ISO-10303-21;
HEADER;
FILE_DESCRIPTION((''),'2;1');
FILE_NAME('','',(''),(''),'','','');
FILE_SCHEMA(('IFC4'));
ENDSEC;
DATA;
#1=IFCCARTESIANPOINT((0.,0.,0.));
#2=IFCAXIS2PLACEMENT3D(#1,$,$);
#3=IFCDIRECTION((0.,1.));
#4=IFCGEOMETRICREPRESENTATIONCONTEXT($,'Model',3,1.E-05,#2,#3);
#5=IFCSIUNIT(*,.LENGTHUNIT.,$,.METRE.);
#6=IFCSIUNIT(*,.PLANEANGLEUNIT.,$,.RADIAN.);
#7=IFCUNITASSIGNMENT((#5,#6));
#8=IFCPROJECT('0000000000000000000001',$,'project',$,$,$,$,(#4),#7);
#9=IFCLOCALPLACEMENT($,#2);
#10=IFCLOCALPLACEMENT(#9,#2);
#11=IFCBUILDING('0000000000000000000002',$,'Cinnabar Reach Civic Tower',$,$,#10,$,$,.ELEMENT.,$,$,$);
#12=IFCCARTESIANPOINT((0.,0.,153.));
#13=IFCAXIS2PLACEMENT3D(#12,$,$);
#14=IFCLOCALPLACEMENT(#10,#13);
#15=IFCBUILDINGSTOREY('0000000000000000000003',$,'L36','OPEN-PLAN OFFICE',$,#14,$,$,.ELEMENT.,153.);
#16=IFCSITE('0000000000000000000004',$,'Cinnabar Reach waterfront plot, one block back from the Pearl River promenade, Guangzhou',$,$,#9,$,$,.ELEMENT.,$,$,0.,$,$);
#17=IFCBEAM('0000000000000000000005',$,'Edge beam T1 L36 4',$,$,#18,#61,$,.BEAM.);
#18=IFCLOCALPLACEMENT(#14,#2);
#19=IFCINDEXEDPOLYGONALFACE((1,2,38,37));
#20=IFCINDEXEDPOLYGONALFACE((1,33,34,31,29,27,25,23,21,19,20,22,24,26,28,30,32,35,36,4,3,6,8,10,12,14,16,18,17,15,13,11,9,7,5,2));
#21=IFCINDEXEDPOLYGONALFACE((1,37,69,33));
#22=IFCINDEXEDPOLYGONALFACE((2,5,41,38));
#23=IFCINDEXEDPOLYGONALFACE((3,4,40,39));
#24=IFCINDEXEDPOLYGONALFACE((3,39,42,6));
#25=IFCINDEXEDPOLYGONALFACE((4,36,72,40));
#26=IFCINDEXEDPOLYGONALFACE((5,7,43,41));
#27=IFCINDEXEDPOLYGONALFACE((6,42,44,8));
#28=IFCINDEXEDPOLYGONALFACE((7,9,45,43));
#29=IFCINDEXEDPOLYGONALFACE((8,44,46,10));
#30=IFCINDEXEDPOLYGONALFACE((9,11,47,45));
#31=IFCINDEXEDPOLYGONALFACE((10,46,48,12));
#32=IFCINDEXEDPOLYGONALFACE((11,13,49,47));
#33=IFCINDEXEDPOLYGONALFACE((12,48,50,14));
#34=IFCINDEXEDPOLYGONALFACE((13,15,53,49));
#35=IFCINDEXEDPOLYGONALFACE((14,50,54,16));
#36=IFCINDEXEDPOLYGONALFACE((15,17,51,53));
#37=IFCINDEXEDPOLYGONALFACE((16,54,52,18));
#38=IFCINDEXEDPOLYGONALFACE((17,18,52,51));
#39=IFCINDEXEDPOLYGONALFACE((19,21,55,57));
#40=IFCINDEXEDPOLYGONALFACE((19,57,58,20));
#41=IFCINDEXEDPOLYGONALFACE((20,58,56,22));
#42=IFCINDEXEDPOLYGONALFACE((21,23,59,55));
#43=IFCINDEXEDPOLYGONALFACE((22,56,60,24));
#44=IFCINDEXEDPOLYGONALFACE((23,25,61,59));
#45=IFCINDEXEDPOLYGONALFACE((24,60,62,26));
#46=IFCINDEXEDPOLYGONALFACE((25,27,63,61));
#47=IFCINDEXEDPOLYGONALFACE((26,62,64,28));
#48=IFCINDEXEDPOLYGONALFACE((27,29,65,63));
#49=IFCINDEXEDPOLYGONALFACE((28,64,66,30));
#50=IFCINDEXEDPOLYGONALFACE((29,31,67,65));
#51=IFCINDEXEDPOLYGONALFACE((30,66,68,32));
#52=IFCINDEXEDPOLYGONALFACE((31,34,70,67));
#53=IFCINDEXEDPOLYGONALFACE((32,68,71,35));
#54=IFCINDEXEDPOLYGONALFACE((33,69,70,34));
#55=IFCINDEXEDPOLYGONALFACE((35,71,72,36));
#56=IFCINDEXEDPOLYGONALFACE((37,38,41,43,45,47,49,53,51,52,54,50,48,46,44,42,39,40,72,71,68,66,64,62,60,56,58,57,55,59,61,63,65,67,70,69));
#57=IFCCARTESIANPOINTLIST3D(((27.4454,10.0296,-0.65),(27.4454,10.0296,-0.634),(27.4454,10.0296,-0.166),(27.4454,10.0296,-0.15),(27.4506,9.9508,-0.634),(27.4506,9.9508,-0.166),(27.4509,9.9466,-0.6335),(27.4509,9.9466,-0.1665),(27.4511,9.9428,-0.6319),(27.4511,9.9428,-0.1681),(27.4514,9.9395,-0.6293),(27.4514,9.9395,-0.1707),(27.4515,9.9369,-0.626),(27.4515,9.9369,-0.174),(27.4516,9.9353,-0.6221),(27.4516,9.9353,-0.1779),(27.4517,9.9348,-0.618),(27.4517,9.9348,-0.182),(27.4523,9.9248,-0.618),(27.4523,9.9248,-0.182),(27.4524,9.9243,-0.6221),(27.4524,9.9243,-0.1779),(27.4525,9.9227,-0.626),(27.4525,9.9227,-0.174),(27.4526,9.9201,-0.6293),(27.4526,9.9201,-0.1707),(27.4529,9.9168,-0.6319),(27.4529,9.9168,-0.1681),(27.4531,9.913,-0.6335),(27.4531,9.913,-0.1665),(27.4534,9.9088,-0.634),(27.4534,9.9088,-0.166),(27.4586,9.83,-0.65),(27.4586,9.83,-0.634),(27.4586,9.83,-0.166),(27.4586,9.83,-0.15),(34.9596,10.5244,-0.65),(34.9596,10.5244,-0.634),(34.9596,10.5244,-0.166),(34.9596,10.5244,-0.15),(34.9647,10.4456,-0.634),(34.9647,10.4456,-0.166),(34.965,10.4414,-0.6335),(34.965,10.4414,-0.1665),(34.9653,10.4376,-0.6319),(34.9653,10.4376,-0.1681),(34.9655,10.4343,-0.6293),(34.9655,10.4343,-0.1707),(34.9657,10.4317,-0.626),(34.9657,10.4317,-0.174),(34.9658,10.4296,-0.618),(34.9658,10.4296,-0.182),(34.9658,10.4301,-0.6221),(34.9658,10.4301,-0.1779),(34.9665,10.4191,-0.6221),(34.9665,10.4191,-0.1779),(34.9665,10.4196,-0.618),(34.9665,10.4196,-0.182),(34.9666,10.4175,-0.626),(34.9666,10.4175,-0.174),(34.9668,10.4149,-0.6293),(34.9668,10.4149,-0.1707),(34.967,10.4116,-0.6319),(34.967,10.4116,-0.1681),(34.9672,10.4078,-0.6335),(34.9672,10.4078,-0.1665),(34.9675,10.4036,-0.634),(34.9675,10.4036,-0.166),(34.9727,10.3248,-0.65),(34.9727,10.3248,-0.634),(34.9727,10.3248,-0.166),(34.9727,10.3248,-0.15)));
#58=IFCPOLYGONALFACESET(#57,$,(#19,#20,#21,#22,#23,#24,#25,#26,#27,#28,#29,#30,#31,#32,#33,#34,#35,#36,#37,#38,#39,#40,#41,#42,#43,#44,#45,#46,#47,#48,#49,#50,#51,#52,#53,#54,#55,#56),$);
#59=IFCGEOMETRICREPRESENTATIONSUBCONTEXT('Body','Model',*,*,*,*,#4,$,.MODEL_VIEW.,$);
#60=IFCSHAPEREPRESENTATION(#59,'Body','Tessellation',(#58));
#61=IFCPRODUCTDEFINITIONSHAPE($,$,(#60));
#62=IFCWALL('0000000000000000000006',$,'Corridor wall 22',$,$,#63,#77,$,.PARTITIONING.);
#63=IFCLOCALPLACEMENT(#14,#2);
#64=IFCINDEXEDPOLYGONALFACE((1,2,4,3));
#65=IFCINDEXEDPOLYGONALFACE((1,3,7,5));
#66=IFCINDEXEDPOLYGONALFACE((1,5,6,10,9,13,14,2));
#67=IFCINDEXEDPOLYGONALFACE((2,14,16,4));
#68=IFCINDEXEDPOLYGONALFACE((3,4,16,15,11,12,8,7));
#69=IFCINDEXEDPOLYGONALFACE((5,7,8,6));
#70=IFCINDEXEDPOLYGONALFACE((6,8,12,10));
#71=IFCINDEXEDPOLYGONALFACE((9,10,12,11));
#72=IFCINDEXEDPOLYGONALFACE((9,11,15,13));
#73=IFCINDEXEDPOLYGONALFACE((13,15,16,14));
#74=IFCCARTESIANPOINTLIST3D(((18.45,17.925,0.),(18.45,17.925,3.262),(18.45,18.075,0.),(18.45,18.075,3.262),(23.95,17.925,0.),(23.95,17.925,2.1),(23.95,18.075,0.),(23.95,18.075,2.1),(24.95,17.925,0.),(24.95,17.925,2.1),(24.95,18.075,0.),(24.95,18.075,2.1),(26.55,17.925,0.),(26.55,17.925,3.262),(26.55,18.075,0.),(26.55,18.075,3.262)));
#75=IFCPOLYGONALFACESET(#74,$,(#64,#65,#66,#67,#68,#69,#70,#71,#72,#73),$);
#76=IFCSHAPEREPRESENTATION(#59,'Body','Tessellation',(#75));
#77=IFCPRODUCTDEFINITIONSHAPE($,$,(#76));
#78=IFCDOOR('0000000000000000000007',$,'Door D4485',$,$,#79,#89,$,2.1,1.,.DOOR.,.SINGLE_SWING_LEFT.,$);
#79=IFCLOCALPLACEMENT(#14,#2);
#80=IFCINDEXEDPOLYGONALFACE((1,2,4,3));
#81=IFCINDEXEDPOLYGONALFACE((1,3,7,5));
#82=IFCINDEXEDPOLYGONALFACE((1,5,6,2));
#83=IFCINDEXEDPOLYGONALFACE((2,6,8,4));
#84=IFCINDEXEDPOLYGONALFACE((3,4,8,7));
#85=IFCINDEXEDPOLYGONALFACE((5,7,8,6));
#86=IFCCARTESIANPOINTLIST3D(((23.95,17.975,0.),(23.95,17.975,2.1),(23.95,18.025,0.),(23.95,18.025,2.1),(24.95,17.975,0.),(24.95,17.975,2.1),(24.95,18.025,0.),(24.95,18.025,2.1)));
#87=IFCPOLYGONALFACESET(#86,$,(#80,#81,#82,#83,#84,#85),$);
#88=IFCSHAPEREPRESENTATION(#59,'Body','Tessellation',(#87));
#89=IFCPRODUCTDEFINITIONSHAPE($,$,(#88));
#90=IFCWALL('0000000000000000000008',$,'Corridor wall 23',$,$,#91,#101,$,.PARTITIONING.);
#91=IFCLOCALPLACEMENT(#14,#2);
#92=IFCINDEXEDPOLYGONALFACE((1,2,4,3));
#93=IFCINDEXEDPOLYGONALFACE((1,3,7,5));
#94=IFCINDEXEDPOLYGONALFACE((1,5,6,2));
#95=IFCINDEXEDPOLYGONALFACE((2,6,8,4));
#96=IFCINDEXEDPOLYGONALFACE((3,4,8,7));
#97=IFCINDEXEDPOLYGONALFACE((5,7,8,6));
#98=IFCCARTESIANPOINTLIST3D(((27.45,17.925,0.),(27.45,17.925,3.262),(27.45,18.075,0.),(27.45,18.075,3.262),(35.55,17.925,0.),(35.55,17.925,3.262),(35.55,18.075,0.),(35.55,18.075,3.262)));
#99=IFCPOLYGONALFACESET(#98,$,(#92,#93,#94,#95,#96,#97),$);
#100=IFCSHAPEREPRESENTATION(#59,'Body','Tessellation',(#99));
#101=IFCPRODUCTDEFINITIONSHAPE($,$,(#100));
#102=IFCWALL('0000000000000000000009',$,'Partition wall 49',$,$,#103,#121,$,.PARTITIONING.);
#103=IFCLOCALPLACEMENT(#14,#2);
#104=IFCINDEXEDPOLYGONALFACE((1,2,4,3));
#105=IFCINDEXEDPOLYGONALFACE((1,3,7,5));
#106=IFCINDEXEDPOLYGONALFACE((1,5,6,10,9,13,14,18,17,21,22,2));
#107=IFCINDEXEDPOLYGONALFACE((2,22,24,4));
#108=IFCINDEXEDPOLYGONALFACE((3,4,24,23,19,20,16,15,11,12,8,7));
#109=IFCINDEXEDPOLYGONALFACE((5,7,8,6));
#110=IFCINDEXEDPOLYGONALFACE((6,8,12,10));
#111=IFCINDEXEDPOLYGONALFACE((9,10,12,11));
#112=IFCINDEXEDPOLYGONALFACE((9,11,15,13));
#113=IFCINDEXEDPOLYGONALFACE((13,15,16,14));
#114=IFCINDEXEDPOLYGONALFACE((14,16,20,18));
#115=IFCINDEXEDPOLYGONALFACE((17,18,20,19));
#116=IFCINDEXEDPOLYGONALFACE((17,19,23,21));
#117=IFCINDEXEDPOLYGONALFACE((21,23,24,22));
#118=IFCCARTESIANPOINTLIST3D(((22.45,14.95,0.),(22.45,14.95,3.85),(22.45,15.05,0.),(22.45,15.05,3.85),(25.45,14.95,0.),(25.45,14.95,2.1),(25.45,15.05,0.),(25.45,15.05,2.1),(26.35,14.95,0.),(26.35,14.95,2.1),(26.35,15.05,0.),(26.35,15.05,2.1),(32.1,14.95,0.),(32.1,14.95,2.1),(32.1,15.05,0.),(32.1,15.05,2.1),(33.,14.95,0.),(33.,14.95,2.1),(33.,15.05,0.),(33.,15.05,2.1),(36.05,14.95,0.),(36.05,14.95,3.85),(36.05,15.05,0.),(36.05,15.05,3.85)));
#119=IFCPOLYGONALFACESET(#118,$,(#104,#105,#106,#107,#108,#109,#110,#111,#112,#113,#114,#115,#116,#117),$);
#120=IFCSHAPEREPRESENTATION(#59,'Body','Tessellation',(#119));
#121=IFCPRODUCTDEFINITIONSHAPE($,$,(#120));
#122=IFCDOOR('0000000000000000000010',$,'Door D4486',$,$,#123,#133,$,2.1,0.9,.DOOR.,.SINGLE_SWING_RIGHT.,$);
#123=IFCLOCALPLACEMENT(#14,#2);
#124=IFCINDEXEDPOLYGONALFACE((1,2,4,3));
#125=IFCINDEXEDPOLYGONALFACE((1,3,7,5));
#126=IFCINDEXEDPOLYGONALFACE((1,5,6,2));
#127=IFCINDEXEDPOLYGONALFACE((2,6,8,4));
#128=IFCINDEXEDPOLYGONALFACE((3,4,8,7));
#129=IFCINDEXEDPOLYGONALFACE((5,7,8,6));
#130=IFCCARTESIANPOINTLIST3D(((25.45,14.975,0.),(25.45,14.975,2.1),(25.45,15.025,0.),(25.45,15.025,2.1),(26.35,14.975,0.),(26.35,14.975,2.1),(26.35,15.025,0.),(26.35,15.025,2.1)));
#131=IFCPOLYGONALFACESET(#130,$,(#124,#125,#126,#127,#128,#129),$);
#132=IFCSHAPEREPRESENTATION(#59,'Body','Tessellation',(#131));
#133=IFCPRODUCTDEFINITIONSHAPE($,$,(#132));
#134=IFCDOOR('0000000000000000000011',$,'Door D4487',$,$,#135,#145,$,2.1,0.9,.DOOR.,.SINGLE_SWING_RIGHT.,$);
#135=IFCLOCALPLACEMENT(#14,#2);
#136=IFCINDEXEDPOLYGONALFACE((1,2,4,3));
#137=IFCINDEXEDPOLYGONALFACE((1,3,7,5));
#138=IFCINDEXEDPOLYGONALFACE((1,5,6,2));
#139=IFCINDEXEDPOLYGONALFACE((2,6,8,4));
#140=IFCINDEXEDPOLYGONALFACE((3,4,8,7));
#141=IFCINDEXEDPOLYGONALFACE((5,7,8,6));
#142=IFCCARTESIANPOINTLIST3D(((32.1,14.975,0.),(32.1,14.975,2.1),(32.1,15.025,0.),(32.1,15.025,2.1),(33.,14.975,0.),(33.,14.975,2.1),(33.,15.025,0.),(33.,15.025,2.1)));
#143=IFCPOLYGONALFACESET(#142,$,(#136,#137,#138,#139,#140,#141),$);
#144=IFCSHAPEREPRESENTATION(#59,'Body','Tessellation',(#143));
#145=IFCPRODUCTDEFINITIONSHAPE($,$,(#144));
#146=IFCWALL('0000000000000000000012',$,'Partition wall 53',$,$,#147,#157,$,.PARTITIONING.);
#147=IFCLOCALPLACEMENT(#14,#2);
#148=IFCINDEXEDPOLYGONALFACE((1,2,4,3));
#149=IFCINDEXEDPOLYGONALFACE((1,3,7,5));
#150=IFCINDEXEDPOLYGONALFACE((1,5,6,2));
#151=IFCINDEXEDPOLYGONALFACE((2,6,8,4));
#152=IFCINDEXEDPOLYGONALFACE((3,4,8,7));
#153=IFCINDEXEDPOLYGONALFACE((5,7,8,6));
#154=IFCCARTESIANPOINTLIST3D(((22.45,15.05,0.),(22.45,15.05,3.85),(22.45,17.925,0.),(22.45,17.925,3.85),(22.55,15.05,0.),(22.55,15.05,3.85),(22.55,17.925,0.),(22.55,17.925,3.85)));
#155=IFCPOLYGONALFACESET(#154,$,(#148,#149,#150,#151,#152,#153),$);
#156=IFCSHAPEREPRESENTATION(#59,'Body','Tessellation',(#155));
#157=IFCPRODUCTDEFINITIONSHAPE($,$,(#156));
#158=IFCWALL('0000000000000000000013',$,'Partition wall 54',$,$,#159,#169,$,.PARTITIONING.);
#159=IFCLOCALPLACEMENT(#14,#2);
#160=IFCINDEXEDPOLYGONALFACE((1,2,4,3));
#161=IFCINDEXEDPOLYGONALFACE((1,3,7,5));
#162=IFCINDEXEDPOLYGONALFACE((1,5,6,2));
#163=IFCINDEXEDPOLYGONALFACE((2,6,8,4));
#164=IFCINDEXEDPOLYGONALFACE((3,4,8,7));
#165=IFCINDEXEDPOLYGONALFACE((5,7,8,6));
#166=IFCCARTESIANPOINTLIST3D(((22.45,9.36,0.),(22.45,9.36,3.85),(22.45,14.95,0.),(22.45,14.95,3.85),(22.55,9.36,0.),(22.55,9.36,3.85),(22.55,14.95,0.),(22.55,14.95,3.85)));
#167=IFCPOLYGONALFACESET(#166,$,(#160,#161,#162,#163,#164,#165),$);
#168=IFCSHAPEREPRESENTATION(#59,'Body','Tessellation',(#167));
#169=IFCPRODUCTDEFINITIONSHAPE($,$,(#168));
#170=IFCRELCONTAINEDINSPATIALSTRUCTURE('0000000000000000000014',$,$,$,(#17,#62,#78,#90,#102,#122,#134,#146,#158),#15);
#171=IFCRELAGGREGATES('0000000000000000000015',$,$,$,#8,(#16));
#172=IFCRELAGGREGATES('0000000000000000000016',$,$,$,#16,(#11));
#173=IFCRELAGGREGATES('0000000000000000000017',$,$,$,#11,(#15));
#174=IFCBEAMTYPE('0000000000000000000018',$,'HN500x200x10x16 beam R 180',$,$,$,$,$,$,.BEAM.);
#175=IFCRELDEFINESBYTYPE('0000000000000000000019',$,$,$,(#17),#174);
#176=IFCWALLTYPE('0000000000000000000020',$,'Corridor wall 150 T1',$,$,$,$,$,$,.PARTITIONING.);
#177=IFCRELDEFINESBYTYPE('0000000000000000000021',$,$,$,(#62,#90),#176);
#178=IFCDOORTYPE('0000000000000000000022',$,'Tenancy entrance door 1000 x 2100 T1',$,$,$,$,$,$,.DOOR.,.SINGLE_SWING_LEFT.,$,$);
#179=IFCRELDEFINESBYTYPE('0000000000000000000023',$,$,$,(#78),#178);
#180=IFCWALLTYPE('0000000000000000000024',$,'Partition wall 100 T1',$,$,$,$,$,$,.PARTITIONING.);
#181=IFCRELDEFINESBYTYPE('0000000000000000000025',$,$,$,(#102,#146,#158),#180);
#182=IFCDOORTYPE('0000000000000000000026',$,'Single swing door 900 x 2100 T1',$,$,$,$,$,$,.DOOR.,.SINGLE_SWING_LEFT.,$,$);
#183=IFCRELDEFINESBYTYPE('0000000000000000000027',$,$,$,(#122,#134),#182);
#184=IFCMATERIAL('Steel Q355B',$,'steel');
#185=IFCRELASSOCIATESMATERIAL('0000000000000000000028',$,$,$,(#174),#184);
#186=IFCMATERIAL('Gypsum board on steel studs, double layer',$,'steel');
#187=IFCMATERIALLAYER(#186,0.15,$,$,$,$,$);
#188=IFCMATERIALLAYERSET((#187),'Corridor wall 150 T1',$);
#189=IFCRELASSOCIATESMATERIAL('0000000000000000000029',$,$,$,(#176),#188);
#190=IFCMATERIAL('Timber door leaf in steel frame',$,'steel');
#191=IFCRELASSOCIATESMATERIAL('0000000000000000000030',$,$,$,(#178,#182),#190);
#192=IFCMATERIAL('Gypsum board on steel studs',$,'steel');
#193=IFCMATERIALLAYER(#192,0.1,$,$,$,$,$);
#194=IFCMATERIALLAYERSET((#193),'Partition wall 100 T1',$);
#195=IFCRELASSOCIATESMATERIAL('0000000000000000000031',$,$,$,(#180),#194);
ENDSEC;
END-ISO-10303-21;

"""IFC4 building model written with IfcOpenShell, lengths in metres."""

from ifc_helpers import new_model, si_unit, direction, frame, frame_2d, origin, origin_2d, place, context, subcontext, project, spatial, rectangle, i_section, extrude, material, layer, layer_set, material_profile, profile_set, type_object, element, fill, save


model = new_model("IFC4")

# Units and contexts
model_context = context("Model", 3, precision=1e-05, world=origin(), true_north=direction((0.0, 1.0)))
body_context = subcontext(model_context, "Body", "Model", "MODEL_VIEW")
ifc_project = project(units=[si_unit("LENGTHUNIT", "METRE"), si_unit("PLANEANGLEUNIT", "RADIAN")], contexts=[model_context])

# Site, building, storey
site_placement = place(None, origin())
site = spatial("IfcSite", under=ifc_project, at=site_placement, Name="Cinnabar Reach waterfront plot, one block back from the Pearl River promenade, Guangzhou", CompositionType="ELEMENT", RefElevation=0.0)
building_placement = place(site_placement, origin())
building = spatial("IfcBuilding", under=site, at=building_placement, Name="Cinnabar Reach Civic Tower", CompositionType="ELEMENT")
storey_placement = place(building_placement, frame((0.0, 0.0, 153.0)))
storey = spatial("IfcBuildingStorey", under=building, at=storey_placement, Name="L36", Description="OPEN-PLAN OFFICE", CompositionType="ELEMENT", Elevation=153.0)

# Beam
ifc_material_1 = material(Name="Steel Q355B", Category="steel")
ifc_material_profile_1 = material_profile(ifc_material_1, i_section(OverallWidth=0.2, OverallDepth=0.5, WebThickness=0.01, FlangeThickness=0.016, FilletRadius=0.016, at=origin_2d()), Name="HN500x200x10x16")
ifc_profile_set_1 = profile_set([ifc_material_profile_1], Name="Steel Q355B")
beam_type_1 = type_object("IfcBeamType", Name="HN500x200x10x16 beam R 180", PredefinedType="BEAM", material=ifc_profile_set_1)
beam_1_placement = place(storey_placement, frame((27.452, 9.9298, -0.4), z_axis=(0.997839, 0.065707, 0.0), x_axis=(-0.065707, 0.997839, 0.0)))
element("IfcBeam", 1, at=beam_1_placement, inside=storey, type_object=beam_type_1, Name="Edge beam T1 L36 4", PredefinedType="BEAM", context=body_context, shape_type="SweptSolid", body=[
    extrude(i_section(OverallWidth=0.2, OverallDepth=0.5, WebThickness=0.01, FlangeThickness=0.016, FilletRadius=0.016, at=origin_2d()), origin(), (0.0, 0.0, 1.0), 7.5304),
])

# Wall, opening, door
ifc_material_2 = material(Name="Gypsum board on steel studs, double layer", Category="steel")
ifc_layer_1 = layer(ifc_material_2, 0.15)
ifc_layer_set_1 = layer_set([ifc_layer_1], Name="Corridor wall 150 T1")
wall_type_1 = type_object("IfcWallType", Name="Corridor wall 150 T1", PredefinedType="PARTITIONING", material=ifc_layer_set_1)
wall_1_placement = place(storey_placement, frame((18.45, 18.0, 0.0), z_axis=(0.0, 0.0, 1.0), x_axis=(1.0, 0.0, 0.0)))
wall_1 = element("IfcWall", 2, at=wall_1_placement, inside=storey, type_object=wall_type_1, Name="Corridor wall 22", PredefinedType="PARTITIONING", context=body_context, shape_type="SweptSolid", body=[
    extrude(rectangle(XDim=8.1, YDim=0.15, at=frame_2d((4.05, 0.0))), origin(), (0.0, 0.0, 1.0), 3.262),
])
opening_1_placement = place(wall_1_placement, frame((5.5, 0.0, 0.0)))
opening_1 = element("IfcOpeningElement", 3, at=opening_1_placement, cuts=wall_1, PredefinedType="OPENING", context=body_context, shape_type="SweptSolid", body=[
    extrude(rectangle(XDim=1.0, YDim=2.1, at=frame_2d((0.5, 1.05))), frame((0.0, 0.085, 0.0), z_axis=(0.0, -1.0, 0.0), x_axis=(1.0, 0.0, 0.0)), (0.0, 0.0, 1.0), 0.17),
])
ifc_material_3 = material(Name="Timber door leaf in steel frame", Category="steel")
door_type_1 = type_object("IfcDoorType", Name="Tenancy entrance door 1000 x 2100 T1", OperationType="SINGLE_SWING_LEFT", PredefinedType="DOOR", material=ifc_material_3)
door_1_placement = place(opening_1_placement, frame((1.0, 0.0, 0.0), z_axis=(0.0, 0.0, 1.0), x_axis=(-1.0, 0.0, 0.0)))
door_1 = element("IfcDoor", 4, at=door_1_placement, inside=storey, type_object=door_type_1, Name="Door D4485", OperationType="SINGLE_SWING_LEFT", OverallHeight=2.1, OverallWidth=1.0, PredefinedType="DOOR", context=body_context, shape_type="SweptSolid", body=[
    extrude(rectangle(XDim=1.0, YDim=2.1, at=frame_2d((0.5, 1.05))), frame((0.0, 0.025, 0.0), z_axis=(0.0, -1.0, 0.0), x_axis=(1.0, 0.0, 0.0)), (0.0, 0.0, 1.0), 0.05),
])
fill(opening_1, door_1)

# Wall
wall_2_placement = place(storey_placement, frame((27.45, 18.0, 0.0), z_axis=(0.0, 0.0, 1.0), x_axis=(1.0, 0.0, 0.0)))
element("IfcWall", 5, at=wall_2_placement, inside=storey, type_object=wall_type_1, Name="Corridor wall 23", PredefinedType="PARTITIONING", context=body_context, shape_type="SweptSolid", body=[
    extrude(rectangle(XDim=8.1, YDim=0.15, at=frame_2d((4.05, 0.0))), origin(), (0.0, 0.0, 1.0), 3.262),
])

# Wall, openings, doors
ifc_material_4 = material(Name="Gypsum board on steel studs", Category="steel")
ifc_layer_2 = layer(ifc_material_4, 0.1)
ifc_layer_set_2 = layer_set([ifc_layer_2], Name="Partition wall 100 T1")
wall_type_2 = type_object("IfcWallType", Name="Partition wall 100 T1", PredefinedType="PARTITIONING", material=ifc_layer_set_2)
wall_3_placement = place(storey_placement, frame((22.45, 15.0, 0.0), z_axis=(0.0, 0.0, 1.0), x_axis=(1.0, 0.0, 0.0)))
wall_3 = element("IfcWall", 6, at=wall_3_placement, inside=storey, type_object=wall_type_2, Name="Partition wall 49", PredefinedType="PARTITIONING", context=body_context, shape_type="SweptSolid", body=[
    extrude(rectangle(XDim=13.6, YDim=0.1, at=frame_2d((6.8, 0.0))), origin(), (0.0, 0.0, 1.0), 3.85),
])
opening_2_placement = place(wall_3_placement, frame((3.0, 0.0, 0.0)))
opening_2 = element("IfcOpeningElement", 7, at=opening_2_placement, cuts=wall_3, PredefinedType="OPENING", context=body_context, shape_type="SweptSolid", body=[
    extrude(rectangle(XDim=0.9, YDim=2.1, at=frame_2d((0.45, 1.05))), frame((0.0, 0.06, 0.0), z_axis=(0.0, -1.0, 0.0), x_axis=(1.0, 0.0, 0.0)), (0.0, 0.0, 1.0), 0.12),
])
opening_3_placement = place(wall_3_placement, frame((9.65, 0.0, 0.0)))
opening_3 = element("IfcOpeningElement", 8, at=opening_3_placement, cuts=wall_3, PredefinedType="OPENING", context=body_context, shape_type="SweptSolid", body=[
    extrude(rectangle(XDim=0.9, YDim=2.1, at=frame_2d((0.45, 1.05))), frame((0.0, 0.06, 0.0), z_axis=(0.0, -1.0, 0.0), x_axis=(1.0, 0.0, 0.0)), (0.0, 0.0, 1.0), 0.12),
])
door_type_2 = type_object("IfcDoorType", Name="Single swing door 900 x 2100 T1", OperationType="SINGLE_SWING_LEFT", PredefinedType="DOOR", material=ifc_material_3)
door_2_placement = place(opening_2_placement, frame((0.9, 0.0, 0.0), z_axis=(0.0, 0.0, 1.0), x_axis=(-1.0, 0.0, 0.0)))
door_2 = element("IfcDoor", 9, at=door_2_placement, inside=storey, type_object=door_type_2, Name="Door D4486", OperationType="SINGLE_SWING_RIGHT", OverallHeight=2.1, OverallWidth=0.9, PredefinedType="DOOR", context=body_context, shape_type="SweptSolid", body=[
    extrude(rectangle(XDim=0.9, YDim=2.1, at=frame_2d((0.45, 1.05))), frame((0.0, 0.025, 0.0), z_axis=(0.0, -1.0, 0.0), x_axis=(1.0, 0.0, 0.0)), (0.0, 0.0, 1.0), 0.05),
])
fill(opening_2, door_2)
door_3_placement = place(opening_3_placement, frame((0.9, 0.0, 0.0), z_axis=(0.0, 0.0, 1.0), x_axis=(-1.0, 0.0, 0.0)))
door_3 = element("IfcDoor", 10, at=door_3_placement, inside=storey, type_object=door_type_2, Name="Door D4487", OperationType="SINGLE_SWING_RIGHT", OverallHeight=2.1, OverallWidth=0.9, PredefinedType="DOOR", context=body_context, shape_type="SweptSolid", body=[
    extrude(rectangle(XDim=0.9, YDim=2.1, at=frame_2d((0.45, 1.05))), frame((0.0, 0.025, 0.0), z_axis=(0.0, -1.0, 0.0), x_axis=(1.0, 0.0, 0.0)), (0.0, 0.0, 1.0), 0.05),
])
fill(opening_3, door_3)

# Walls
wall_4_placement = place(storey_placement, frame((22.5, 15.05, 0.0), z_axis=(0.0, 0.0, 1.0), x_axis=(0.0, 1.0, 0.0)))
element("IfcWall", 11, at=wall_4_placement, inside=storey, type_object=wall_type_2, Name="Partition wall 53", PredefinedType="PARTITIONING", context=body_context, shape_type="SweptSolid", body=[
    extrude(rectangle(XDim=2.875, YDim=0.1, at=frame_2d((1.4375, 0.0))), origin(), (0.0, 0.0, 1.0), 3.85),
])
wall_5_placement = place(storey_placement, frame((22.5, 9.36, 0.0), z_axis=(0.0, 0.0, 1.0), x_axis=(0.0, 1.0, 0.0)))
element("IfcWall", 12, at=wall_5_placement, inside=storey, type_object=wall_type_2, Name="Partition wall 54", PredefinedType="PARTITIONING", context=body_context, shape_type="SweptSolid", body=[
    extrude(rectangle(XDim=5.59, YDim=0.1, at=frame_2d((2.795, 0.0))), origin(), (0.0, 0.0, 1.0), 3.85),
])

save(model, "model.ifc")
